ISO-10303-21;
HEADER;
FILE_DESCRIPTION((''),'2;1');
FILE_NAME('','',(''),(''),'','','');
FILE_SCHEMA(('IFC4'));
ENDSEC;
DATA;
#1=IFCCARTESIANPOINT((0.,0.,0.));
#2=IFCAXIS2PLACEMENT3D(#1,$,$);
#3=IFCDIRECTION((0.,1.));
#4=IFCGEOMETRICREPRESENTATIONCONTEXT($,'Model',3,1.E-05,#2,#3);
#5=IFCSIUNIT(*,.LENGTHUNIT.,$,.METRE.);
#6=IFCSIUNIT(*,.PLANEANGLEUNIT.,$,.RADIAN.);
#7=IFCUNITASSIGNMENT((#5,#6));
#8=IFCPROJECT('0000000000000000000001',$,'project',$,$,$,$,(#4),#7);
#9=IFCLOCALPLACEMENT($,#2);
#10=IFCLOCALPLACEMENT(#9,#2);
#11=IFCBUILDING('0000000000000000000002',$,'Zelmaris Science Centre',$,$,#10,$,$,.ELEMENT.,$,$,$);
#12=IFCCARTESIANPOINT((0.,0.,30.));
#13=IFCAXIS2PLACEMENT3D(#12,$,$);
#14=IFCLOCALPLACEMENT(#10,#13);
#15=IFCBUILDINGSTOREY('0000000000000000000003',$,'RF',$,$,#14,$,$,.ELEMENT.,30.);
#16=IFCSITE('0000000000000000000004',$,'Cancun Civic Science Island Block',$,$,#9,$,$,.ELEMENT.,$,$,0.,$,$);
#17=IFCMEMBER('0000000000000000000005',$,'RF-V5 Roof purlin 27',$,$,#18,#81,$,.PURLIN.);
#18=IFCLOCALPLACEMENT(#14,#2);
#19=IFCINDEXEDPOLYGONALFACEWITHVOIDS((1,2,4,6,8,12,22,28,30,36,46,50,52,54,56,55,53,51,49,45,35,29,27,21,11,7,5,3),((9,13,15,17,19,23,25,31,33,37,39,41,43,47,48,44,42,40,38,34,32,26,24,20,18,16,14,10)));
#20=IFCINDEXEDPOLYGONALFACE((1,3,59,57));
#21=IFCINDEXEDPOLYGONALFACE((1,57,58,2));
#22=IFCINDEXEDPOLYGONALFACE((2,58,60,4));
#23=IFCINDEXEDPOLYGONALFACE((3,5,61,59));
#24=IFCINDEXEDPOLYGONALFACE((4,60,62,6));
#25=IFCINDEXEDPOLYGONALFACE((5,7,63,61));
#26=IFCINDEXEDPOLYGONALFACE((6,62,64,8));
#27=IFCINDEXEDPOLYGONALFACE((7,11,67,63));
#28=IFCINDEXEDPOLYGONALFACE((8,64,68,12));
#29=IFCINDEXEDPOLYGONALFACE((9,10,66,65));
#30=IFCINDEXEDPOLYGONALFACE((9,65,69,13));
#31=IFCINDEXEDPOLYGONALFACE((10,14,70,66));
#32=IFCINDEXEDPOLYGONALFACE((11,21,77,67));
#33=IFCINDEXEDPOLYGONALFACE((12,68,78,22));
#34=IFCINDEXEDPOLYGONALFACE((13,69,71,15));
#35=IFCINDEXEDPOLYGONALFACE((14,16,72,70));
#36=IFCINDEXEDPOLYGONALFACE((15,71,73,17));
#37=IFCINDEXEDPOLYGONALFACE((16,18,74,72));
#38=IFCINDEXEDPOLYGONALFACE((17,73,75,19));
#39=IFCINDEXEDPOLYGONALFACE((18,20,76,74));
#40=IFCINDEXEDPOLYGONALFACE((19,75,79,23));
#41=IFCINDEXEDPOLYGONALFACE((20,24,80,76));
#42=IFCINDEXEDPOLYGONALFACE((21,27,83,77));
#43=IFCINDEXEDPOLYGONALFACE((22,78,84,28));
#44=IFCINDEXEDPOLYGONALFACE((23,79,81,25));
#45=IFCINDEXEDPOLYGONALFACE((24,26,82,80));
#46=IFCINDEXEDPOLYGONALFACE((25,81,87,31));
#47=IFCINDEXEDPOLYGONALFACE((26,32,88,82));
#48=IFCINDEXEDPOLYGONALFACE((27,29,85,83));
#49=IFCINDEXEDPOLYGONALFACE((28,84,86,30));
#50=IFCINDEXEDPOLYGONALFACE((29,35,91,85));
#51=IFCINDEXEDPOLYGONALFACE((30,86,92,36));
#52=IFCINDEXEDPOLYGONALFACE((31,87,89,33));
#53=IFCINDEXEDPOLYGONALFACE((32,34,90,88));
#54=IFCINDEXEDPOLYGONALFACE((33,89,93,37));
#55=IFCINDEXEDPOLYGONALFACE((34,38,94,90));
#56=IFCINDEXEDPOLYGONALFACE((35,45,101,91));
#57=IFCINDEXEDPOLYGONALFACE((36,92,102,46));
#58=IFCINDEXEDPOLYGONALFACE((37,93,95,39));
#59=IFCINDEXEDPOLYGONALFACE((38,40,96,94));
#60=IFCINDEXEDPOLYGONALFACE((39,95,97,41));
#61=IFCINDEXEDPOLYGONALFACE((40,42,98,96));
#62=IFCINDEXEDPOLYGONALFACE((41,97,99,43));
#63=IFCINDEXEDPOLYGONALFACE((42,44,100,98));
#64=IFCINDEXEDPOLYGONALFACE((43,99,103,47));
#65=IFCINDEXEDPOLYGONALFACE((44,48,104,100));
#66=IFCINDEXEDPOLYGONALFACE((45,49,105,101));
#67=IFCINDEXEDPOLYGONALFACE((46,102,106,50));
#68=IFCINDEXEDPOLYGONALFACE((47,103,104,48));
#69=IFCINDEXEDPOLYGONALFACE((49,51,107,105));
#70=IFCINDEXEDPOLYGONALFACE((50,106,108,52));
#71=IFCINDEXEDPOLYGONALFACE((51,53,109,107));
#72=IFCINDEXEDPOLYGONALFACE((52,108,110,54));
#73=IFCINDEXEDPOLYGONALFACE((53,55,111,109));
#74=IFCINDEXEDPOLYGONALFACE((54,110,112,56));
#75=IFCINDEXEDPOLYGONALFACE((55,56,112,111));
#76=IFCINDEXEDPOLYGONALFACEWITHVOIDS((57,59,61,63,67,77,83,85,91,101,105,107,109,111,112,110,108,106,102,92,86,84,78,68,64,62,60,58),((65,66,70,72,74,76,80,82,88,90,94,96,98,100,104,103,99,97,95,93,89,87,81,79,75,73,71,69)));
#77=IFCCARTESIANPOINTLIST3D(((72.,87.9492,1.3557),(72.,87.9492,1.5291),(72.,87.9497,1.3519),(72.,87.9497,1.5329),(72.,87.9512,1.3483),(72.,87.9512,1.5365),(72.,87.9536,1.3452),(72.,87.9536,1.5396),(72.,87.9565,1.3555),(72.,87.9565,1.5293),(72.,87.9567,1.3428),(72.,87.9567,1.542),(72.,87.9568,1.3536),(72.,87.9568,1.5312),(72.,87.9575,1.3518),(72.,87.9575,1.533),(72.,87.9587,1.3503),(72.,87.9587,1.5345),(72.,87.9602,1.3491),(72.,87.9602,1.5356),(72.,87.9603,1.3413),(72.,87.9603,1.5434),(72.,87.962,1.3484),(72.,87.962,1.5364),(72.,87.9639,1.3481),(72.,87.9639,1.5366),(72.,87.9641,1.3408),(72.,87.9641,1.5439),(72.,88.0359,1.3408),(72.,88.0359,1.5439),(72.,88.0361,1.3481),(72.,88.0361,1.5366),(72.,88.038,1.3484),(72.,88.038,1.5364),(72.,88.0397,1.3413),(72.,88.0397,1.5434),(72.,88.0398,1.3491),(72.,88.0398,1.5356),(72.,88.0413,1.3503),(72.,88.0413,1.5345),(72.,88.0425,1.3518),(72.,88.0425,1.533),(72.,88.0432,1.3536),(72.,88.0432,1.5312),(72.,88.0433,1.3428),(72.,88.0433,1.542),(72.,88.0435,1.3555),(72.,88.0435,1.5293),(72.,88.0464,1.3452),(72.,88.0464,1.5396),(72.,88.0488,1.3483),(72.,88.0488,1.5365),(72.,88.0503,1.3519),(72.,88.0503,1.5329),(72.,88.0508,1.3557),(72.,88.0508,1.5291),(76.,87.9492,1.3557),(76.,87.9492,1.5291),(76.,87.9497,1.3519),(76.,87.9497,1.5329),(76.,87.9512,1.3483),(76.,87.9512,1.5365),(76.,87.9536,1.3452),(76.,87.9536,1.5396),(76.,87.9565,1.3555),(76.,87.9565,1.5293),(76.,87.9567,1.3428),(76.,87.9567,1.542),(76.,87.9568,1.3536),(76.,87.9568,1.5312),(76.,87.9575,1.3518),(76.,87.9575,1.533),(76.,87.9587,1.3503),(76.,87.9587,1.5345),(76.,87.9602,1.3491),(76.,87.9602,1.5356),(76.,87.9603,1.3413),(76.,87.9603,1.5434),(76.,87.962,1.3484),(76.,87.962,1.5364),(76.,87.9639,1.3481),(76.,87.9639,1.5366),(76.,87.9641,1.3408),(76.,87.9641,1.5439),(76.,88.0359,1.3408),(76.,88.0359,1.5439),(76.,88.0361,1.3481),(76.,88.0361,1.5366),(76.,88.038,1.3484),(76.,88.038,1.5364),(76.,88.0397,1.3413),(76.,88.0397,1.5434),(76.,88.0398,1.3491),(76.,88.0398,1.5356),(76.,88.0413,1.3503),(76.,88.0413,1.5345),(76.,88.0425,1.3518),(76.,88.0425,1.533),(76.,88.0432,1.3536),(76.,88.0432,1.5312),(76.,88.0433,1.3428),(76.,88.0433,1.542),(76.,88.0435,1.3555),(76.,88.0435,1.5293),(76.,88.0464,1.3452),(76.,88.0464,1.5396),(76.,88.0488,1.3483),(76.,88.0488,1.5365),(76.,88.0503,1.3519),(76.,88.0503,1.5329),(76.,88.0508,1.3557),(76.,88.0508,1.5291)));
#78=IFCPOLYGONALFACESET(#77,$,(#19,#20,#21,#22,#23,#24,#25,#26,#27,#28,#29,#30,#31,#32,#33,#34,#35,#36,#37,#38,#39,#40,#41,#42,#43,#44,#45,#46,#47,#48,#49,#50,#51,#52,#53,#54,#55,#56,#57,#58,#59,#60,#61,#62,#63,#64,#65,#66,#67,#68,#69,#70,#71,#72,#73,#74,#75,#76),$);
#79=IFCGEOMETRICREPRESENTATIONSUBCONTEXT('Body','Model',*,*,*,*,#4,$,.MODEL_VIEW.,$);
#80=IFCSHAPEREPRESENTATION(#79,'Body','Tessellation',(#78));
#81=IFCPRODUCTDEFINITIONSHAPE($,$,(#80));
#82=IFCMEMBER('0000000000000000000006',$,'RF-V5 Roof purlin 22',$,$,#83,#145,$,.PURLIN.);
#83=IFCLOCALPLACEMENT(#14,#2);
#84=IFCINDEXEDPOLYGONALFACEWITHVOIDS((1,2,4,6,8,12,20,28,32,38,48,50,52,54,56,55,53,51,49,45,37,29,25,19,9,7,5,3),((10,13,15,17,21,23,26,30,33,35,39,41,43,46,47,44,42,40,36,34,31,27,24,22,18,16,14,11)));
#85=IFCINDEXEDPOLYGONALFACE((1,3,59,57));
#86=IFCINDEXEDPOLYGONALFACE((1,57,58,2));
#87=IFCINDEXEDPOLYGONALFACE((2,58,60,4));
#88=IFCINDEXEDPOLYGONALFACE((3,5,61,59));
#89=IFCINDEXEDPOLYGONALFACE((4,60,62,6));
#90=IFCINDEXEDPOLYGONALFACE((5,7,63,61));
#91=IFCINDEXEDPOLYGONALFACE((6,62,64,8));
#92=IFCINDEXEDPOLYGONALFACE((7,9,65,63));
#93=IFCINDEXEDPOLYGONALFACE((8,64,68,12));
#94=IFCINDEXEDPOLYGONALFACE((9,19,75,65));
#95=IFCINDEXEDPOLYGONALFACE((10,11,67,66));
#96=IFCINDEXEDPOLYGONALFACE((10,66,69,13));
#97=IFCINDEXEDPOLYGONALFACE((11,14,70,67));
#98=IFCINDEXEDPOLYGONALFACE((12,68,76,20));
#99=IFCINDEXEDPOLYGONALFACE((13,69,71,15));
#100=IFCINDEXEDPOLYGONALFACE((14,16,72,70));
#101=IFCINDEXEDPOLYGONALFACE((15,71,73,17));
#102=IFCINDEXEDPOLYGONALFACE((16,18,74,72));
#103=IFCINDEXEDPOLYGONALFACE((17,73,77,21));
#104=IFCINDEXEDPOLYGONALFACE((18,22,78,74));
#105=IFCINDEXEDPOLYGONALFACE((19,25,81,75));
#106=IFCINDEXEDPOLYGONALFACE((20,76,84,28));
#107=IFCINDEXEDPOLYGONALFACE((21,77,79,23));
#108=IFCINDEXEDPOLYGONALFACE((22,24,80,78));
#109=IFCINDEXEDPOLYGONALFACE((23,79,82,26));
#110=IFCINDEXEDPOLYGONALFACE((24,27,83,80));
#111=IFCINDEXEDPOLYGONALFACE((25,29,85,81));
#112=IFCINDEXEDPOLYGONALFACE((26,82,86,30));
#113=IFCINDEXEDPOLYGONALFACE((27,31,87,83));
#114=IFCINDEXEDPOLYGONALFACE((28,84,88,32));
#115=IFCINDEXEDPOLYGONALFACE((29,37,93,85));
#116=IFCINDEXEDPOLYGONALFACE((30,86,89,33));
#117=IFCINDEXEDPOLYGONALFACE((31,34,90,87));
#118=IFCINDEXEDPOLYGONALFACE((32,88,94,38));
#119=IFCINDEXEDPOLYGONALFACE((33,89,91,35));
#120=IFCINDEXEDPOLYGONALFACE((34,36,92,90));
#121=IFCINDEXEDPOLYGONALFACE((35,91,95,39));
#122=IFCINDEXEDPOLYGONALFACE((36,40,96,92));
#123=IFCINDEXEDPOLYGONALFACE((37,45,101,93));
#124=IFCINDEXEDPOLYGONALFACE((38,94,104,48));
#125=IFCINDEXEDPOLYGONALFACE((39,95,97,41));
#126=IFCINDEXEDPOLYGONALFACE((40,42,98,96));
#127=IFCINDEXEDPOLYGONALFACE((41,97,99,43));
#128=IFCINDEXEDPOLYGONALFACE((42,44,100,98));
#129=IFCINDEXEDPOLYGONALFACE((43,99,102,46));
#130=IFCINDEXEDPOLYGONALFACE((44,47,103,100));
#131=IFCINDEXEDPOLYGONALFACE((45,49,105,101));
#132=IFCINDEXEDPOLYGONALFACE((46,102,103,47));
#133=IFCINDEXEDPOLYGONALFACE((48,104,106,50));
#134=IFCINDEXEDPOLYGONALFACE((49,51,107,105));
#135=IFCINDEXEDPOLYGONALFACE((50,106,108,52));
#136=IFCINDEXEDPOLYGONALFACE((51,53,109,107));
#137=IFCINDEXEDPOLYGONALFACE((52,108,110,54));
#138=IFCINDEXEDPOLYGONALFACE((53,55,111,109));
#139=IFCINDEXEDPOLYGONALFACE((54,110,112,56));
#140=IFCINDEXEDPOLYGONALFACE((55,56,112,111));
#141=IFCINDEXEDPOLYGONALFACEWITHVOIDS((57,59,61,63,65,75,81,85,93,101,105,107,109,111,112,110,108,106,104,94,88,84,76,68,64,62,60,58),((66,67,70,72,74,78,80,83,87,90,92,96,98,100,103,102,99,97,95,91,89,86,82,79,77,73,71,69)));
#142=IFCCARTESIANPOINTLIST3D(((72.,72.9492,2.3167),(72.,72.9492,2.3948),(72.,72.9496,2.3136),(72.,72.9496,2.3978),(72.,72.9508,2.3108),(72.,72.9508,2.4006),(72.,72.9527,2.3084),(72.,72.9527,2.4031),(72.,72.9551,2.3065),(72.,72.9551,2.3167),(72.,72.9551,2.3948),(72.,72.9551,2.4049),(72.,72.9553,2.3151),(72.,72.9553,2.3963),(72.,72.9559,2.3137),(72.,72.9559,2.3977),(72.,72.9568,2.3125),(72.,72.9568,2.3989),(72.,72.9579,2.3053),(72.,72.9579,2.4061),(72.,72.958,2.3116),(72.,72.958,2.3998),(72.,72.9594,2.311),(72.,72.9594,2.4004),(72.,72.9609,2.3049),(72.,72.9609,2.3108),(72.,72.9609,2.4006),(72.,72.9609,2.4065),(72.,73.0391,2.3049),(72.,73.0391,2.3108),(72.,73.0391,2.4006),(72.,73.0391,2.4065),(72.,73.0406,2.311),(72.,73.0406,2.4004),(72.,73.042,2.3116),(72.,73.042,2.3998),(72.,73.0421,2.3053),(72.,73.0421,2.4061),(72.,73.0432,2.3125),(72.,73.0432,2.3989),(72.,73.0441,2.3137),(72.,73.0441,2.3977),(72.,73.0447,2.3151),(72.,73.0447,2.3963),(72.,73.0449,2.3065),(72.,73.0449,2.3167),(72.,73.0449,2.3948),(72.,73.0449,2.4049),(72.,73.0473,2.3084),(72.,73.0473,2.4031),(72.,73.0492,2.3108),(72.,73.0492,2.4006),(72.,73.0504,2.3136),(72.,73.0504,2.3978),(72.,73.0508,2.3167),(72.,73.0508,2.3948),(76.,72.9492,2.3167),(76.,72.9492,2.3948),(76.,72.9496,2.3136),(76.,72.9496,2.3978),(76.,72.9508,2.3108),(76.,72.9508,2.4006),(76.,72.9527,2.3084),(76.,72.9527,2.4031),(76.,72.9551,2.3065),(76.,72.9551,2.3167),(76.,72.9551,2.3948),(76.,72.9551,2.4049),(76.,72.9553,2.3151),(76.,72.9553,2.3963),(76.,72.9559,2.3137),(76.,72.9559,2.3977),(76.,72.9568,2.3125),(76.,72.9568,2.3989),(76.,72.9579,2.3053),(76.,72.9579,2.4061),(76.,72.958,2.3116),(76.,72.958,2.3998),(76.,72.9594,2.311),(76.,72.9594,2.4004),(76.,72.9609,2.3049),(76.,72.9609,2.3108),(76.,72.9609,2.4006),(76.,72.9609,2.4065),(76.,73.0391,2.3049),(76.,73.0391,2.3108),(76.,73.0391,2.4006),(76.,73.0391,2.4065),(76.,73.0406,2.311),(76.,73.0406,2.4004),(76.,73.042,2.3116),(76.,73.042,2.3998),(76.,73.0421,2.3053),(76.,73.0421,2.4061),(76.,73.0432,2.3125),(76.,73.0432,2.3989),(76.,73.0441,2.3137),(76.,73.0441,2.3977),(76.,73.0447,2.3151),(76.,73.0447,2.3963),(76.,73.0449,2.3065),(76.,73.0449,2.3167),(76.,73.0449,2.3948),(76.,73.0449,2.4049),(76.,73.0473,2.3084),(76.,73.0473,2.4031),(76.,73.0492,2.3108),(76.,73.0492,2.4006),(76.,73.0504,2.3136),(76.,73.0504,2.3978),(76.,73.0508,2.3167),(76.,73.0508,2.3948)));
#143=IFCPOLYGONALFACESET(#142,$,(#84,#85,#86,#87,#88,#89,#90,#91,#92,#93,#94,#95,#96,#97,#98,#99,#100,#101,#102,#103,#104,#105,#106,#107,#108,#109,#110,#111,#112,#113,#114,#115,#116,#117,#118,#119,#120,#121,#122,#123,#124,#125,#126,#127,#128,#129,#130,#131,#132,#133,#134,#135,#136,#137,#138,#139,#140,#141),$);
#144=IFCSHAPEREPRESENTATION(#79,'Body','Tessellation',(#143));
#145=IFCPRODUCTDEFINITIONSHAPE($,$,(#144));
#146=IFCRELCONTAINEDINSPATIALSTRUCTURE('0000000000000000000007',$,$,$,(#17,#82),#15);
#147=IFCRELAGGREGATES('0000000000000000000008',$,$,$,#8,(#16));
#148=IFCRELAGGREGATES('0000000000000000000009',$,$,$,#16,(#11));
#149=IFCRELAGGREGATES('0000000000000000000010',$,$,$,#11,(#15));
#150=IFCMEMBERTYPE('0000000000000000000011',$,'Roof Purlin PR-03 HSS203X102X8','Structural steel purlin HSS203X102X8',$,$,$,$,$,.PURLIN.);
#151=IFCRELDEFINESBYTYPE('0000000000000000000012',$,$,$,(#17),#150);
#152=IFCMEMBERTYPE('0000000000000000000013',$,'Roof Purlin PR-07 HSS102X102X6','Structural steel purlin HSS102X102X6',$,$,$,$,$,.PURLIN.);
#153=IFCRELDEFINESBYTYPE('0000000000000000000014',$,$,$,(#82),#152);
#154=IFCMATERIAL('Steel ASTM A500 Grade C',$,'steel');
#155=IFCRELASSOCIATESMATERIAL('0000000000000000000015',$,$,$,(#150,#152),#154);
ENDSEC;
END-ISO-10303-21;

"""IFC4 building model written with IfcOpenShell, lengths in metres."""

from ifc_helpers import new_model, si_unit, direction, frame, origin, origin_2d, place, context, subcontext, project, spatial, hollow_rectangle, extrude, material, material_profile, profile_set, type_object, element, save


model = new_model("IFC4")

# Units and contexts
model_context = context("Model", 3, precision=1e-05, world=origin(), true_north=direction((0.0, 1.0)))
body_context = subcontext(model_context, "Body", "Model", "MODEL_VIEW")
ifc_project = project(units=[si_unit("LENGTHUNIT", "METRE"), si_unit("PLANEANGLEUNIT", "RADIAN")], contexts=[model_context])

# Site, building, storey
site_placement = place(None, origin())
site = spatial("IfcSite", under=ifc_project, at=site_placement, Name="Cancun Civic Science Island Block", CompositionType="ELEMENT", RefElevation=0.0)
building_placement = place(site_placement, origin())
building = spatial("IfcBuilding", under=site, at=building_placement, Name="Zelmaris Science Centre", CompositionType="ELEMENT")
storey_placement = place(building_placement, frame((0.0, 0.0, 30.0)))
storey = spatial("IfcBuildingStorey", under=building, at=storey_placement, Name="RF", CompositionType="ELEMENT", Elevation=30.0)

# Shared definitions
ifc_material = material(Name="Steel ASTM A500 Grade C", Category="steel")

# Members
ifc_material_profile_1 = material_profile(ifc_material, hollow_rectangle(XDim=0.1016, YDim=0.2031, WallThickness=0.0073, InnerFilletRadius=0.0073, OuterFilletRadius=0.0149, at=origin_2d()), Name="HSS203X102X8")
ifc_profile_set_1 = profile_set([ifc_material_profile_1], Name="Steel ASTM A500 Grade C")
member_type_1 = type_object("IfcMemberType", Name="Roof Purlin PR-03 HSS203X102X8", Description="Structural steel purlin HSS203X102X8", PredefinedType="PURLIN", material=ifc_profile_set_1)
member_1_placement = place(storey_placement, frame((72.0, 88.0, 1.4424), z_axis=(1.0, 0.0, 0.0), x_axis=(0.0, 1.0, 0.0)))
element("IfcMember", 1, at=member_1_placement, inside=storey, type_object=member_type_1, Name="RF-V5 Roof purlin 27", PredefinedType="PURLIN", context=body_context, shape_type="SweptSolid", body=[
    extrude(hollow_rectangle(XDim=0.1016, YDim=0.2031, WallThickness=0.0073, InnerFilletRadius=0.0073, OuterFilletRadius=0.0149, at=origin_2d()), origin(), (0.0, 0.0, 1.0), 4.0),
])
ifc_material_profile_2 = material_profile(ifc_material, hollow_rectangle(XDim=0.1016, YDim=0.1016, WallThickness=0.0059, InnerFilletRadius=0.0059, OuterFilletRadius=0.0117, at=origin_2d()), Name="HSS102X102X6")
ifc_profile_set_2 = profile_set([ifc_material_profile_2], Name="Steel ASTM A500 Grade C")
member_type_2 = type_object("IfcMemberType", Name="Roof Purlin PR-07 HSS102X102X6", Description="Structural steel purlin HSS102X102X6", PredefinedType="PURLIN", material=ifc_profile_set_2)
member_2_placement = place(storey_placement, frame((72.0, 73.0, 2.3557), z_axis=(1.0, 0.0, 0.0), x_axis=(0.0, 1.0, 0.0)))
element("IfcMember", 2, at=member_2_placement, inside=storey, type_object=member_type_2, Name="RF-V5 Roof purlin 22", PredefinedType="PURLIN", context=body_context, shape_type="SweptSolid", body=[
    extrude(hollow_rectangle(XDim=0.1016, YDim=0.1016, WallThickness=0.0059, InnerFilletRadius=0.0059, OuterFilletRadius=0.0117, at=origin_2d()), origin(), (0.0, 0.0, 1.0), 4.0),
])

save(model, "model.ifc")
